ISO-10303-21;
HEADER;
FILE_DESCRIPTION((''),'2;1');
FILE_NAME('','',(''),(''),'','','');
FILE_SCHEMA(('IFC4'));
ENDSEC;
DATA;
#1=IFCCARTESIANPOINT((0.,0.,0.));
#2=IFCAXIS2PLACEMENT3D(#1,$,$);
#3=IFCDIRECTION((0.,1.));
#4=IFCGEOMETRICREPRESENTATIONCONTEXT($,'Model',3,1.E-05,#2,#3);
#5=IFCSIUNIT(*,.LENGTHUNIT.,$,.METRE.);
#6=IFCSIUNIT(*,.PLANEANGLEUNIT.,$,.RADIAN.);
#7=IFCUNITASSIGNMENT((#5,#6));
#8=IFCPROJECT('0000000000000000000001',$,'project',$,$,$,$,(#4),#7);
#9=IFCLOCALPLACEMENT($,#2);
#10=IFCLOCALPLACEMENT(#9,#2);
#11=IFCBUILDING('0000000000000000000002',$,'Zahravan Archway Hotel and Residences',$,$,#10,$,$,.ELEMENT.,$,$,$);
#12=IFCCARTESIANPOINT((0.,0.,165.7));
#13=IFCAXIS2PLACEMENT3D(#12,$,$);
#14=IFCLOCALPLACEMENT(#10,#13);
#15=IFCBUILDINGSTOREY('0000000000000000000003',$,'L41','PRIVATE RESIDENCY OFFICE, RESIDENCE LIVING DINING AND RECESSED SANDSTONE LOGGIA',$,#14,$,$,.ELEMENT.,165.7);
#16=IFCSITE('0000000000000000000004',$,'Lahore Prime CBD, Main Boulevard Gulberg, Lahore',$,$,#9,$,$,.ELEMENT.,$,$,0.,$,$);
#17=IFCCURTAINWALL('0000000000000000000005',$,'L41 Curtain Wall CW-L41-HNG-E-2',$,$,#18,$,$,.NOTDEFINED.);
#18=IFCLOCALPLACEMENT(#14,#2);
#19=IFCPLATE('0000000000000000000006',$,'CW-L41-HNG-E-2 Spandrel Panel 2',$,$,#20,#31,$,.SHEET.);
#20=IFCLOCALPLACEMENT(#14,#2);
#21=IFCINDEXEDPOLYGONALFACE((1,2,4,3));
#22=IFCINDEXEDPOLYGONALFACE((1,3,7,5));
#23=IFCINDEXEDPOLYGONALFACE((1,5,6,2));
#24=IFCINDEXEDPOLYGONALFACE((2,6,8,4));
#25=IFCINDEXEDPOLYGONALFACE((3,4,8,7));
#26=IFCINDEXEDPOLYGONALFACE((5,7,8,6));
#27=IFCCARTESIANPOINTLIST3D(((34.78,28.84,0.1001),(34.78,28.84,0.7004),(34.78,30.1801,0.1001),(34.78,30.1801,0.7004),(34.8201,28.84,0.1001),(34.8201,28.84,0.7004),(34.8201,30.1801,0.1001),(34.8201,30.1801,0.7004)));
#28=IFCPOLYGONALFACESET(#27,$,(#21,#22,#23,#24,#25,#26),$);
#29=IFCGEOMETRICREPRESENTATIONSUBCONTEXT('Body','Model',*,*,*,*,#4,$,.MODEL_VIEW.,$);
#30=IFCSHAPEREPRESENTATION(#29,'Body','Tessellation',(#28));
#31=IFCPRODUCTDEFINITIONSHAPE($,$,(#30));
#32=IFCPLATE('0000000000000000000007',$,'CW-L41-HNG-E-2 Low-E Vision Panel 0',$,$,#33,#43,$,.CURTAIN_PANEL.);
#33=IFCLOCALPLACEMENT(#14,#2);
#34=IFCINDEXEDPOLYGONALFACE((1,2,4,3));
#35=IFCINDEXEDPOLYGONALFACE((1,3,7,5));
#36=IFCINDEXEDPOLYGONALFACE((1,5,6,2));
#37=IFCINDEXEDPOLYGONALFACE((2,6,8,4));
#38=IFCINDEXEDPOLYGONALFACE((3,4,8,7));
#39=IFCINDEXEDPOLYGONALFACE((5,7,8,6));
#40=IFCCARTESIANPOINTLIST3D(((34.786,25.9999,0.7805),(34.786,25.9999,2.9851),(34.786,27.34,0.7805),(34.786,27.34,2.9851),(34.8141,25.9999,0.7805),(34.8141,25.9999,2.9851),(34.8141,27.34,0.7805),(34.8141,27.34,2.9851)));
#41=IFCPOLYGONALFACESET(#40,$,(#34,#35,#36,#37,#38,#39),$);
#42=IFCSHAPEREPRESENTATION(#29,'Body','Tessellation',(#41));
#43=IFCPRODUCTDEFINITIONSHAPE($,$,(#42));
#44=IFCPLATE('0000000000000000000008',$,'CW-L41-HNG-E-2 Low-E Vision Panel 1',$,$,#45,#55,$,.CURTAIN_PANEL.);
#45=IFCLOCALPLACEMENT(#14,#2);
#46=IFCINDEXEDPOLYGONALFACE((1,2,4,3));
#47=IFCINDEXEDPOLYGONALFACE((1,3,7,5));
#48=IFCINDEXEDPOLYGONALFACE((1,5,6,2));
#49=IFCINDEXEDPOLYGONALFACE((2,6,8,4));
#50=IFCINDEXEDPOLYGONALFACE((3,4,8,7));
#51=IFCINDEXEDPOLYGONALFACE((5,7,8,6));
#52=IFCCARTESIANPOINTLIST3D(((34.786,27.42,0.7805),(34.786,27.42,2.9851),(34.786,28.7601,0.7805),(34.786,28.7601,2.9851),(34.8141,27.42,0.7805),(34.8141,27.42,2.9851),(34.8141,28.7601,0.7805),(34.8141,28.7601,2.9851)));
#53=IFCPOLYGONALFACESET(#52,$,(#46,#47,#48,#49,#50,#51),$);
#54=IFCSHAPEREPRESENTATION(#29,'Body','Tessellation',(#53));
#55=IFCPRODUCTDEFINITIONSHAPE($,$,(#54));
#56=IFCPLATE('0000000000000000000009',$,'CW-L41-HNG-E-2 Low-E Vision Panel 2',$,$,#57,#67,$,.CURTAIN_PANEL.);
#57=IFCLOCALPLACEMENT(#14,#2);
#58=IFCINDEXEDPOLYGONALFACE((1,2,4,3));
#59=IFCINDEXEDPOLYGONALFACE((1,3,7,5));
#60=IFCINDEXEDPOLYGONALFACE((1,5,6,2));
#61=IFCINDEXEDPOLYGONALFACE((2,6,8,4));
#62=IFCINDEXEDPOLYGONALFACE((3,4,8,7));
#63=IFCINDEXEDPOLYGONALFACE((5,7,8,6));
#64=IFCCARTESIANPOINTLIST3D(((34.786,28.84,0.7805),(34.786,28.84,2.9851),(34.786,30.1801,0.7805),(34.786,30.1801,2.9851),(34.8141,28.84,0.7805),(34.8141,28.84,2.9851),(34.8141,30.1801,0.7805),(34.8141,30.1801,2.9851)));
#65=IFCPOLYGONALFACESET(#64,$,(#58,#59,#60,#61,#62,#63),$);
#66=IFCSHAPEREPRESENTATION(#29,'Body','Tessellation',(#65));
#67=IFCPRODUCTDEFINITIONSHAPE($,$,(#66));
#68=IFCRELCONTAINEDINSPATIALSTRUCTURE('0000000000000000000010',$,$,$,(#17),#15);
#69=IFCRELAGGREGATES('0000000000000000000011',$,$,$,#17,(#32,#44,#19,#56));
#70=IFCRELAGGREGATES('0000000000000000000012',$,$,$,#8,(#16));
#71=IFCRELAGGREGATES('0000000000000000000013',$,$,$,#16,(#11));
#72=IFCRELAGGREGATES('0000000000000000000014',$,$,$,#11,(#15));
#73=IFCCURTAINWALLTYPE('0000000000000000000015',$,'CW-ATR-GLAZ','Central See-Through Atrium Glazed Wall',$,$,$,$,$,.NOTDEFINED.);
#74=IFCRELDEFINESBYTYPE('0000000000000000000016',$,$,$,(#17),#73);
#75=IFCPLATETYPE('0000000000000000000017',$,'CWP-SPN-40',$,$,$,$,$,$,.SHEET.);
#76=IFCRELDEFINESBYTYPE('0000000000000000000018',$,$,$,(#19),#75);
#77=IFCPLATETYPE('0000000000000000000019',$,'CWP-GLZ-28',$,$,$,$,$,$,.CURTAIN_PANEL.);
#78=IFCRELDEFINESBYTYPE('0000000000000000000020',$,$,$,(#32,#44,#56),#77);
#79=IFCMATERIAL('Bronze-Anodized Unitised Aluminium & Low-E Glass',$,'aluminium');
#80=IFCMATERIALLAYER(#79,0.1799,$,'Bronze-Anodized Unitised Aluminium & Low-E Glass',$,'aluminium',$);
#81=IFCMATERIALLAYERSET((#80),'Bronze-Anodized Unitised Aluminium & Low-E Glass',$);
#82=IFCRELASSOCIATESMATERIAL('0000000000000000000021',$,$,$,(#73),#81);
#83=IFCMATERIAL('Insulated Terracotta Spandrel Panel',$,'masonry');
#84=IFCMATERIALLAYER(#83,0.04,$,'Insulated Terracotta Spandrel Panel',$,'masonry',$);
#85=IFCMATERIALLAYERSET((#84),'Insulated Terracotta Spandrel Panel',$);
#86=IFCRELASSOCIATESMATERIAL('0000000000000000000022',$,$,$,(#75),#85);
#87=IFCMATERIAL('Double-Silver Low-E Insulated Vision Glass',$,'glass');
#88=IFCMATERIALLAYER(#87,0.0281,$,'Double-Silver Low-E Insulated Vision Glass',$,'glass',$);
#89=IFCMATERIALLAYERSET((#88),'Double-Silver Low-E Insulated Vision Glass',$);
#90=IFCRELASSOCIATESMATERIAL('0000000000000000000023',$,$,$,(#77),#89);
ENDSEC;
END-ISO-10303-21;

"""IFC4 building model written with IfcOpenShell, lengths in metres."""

from ifc_helpers import new_model, si_unit, direction, frame, origin, origin_2d, place, context, subcontext, project, spatial, rectangle, extrude, source, transform, mapped, material, layer, layer_set, type_object, element, aggregate, save


model = new_model("IFC4")

# Units and contexts
model_context = context("Model", 3, precision=1e-05, world=origin(), true_north=direction((0.0, 1.0)))
body_context = subcontext(model_context, "Body", "Model", "MODEL_VIEW")
ifc_project = project(units=[si_unit("LENGTHUNIT", "METRE"), si_unit("PLANEANGLEUNIT", "RADIAN")], contexts=[model_context])

# Site, building, storey
site_placement = place(None, origin())
site = spatial("IfcSite", under=ifc_project, at=site_placement, Name="Lahore Prime CBD, Main Boulevard Gulberg, Lahore", CompositionType="ELEMENT", RefElevation=0.0)
building_placement = place(site_placement, origin())
building = spatial("IfcBuilding", under=site, at=building_placement, Name="Zahravan Archway Hotel and Residences", CompositionType="ELEMENT")
storey_placement = place(building_placement, frame((0.0, 0.0, 165.7)))
storey = spatial("IfcBuildingStorey", under=building, at=storey_placement, Name="L41", Description="PRIVATE RESIDENCY OFFICE, RESIDENCE LIVING DINING AND RECESSED SANDSTONE LOGGIA", CompositionType="ELEMENT", Elevation=165.7)

# Curtain wall
ifc_material_1 = material(Name="Bronze-Anodized Unitised Aluminium & Low-E Glass", Category="aluminium")
ifc_layer_1 = layer(ifc_material_1, 0.1799, Name="Bronze-Anodized Unitised Aluminium & Low-E Glass", Category="aluminium")
ifc_layer_set_1 = layer_set([ifc_layer_1], Name="Bronze-Anodized Unitised Aluminium & Low-E Glass")
curtain_wall_type = type_object("IfcCurtainWallType", Name="CW-ATR-GLAZ", Description="Central See-Through Atrium Glazed Wall", PredefinedType="NOTDEFINED", material=ifc_layer_set_1)
curtain_wall_1_placement = place(storey_placement, origin())
curtain_wall_1 = element("IfcCurtainWall", 1, at=curtain_wall_1_placement, inside=storey, type_object=curtain_wall_type, Name="L41 Curtain Wall CW-L41-HNG-E-2", PredefinedType="NOTDEFINED")

# Plates
ifc_material_2 = material(Name="Insulated Terracotta Spandrel Panel", Category="masonry")
ifc_layer_2 = layer(ifc_material_2, 0.04, Name="Insulated Terracotta Spandrel Panel", Category="masonry")
ifc_layer_set_2 = layer_set([ifc_layer_2], Name="Insulated Terracotta Spandrel Panel")
plate_type_1 = type_object("IfcPlateType", Name="CWP-SPN-40", PredefinedType="SHEET", material=ifc_layer_set_2)
ifc_material_3 = material(Name="Double-Silver Low-E Insulated Vision Glass", Category="glass")
ifc_layer_3 = layer(ifc_material_3, 0.0281, Name="Double-Silver Low-E Insulated Vision Glass", Category="glass")
ifc_layer_set_3 = layer_set([ifc_layer_3], Name="Double-Silver Low-E Insulated Vision Glass")
plate_type_2 = type_object("IfcPlateType", Name="CWP-GLZ-28", PredefinedType="CURTAIN_PANEL", material=ifc_layer_set_3)
shared_shape_1 = source(origin(), body_context, "Body", "SweptSolid", [
    extrude(rectangle(XDim=1.3401, YDim=0.04, at=origin_2d()), origin(), (0.0, 0.0, 1.0), 0.6003),
])
plate_1_placement = place(storey_placement, frame((34.8, 29.51, 0.1001), z_axis=(0.0, 0.0, 1.0), x_axis=(0.0, 1.0, 0.0)))
plate_1 = element("IfcPlate", 2, at=plate_1_placement, type_object=plate_type_1, Name="CW-L41-HNG-E-2 Spandrel Panel 2", PredefinedType="SHEET", context=body_context, shape_type="MappedRepresentation", body=[
    mapped(shared_shape_1, transform((0.0, 0.0, 0.0), scale=1.0)),
])
shared_shape_2 = source(origin(), body_context, "Body", "SweptSolid", [
    extrude(rectangle(XDim=1.3401, YDim=0.0281, at=origin_2d()), origin(), (0.0, 0.0, 1.0), 2.2046),
])
plate_2_placement = place(storey_placement, frame((34.8, 26.6699, 0.7805), z_axis=(0.0, 0.0, 1.0), x_axis=(0.0, 1.0, 0.0)))
plate_2 = element("IfcPlate", 3, at=plate_2_placement, type_object=plate_type_2, Name="CW-L41-HNG-E-2 Low-E Vision Panel 0", PredefinedType="CURTAIN_PANEL", context=body_context, shape_type="MappedRepresentation", body=[
    mapped(shared_shape_2, transform((0.0, 0.0, 0.0), scale=1.0)),
])
plate_3_placement = place(storey_placement, frame((34.8, 28.0901, 0.7805), z_axis=(0.0, 0.0, 1.0), x_axis=(0.0, 1.0, 0.0)))
plate_3 = element("IfcPlate", 4, at=plate_3_placement, type_object=plate_type_2, Name="CW-L41-HNG-E-2 Low-E Vision Panel 1", PredefinedType="CURTAIN_PANEL", context=body_context, shape_type="MappedRepresentation", body=[
    mapped(shared_shape_2, transform((0.0, 0.0, 0.0), scale=1.0)),
])
plate_4_placement = place(storey_placement, frame((34.8, 29.51, 0.7805), z_axis=(0.0, 0.0, 1.0), x_axis=(0.0, 1.0, 0.0)))
plate_4 = element("IfcPlate", 5, at=plate_4_placement, type_object=plate_type_2, Name="CW-L41-HNG-E-2 Low-E Vision Panel 2", PredefinedType="CURTAIN_PANEL", context=body_context, shape_type="MappedRepresentation", body=[
    mapped(shared_shape_2, transform((0.0, 0.0, 0.0), scale=1.0)),
])
aggregate(curtain_wall_1, [plate_2, plate_3, plate_1, plate_4])

save(model, "model.ifc")
